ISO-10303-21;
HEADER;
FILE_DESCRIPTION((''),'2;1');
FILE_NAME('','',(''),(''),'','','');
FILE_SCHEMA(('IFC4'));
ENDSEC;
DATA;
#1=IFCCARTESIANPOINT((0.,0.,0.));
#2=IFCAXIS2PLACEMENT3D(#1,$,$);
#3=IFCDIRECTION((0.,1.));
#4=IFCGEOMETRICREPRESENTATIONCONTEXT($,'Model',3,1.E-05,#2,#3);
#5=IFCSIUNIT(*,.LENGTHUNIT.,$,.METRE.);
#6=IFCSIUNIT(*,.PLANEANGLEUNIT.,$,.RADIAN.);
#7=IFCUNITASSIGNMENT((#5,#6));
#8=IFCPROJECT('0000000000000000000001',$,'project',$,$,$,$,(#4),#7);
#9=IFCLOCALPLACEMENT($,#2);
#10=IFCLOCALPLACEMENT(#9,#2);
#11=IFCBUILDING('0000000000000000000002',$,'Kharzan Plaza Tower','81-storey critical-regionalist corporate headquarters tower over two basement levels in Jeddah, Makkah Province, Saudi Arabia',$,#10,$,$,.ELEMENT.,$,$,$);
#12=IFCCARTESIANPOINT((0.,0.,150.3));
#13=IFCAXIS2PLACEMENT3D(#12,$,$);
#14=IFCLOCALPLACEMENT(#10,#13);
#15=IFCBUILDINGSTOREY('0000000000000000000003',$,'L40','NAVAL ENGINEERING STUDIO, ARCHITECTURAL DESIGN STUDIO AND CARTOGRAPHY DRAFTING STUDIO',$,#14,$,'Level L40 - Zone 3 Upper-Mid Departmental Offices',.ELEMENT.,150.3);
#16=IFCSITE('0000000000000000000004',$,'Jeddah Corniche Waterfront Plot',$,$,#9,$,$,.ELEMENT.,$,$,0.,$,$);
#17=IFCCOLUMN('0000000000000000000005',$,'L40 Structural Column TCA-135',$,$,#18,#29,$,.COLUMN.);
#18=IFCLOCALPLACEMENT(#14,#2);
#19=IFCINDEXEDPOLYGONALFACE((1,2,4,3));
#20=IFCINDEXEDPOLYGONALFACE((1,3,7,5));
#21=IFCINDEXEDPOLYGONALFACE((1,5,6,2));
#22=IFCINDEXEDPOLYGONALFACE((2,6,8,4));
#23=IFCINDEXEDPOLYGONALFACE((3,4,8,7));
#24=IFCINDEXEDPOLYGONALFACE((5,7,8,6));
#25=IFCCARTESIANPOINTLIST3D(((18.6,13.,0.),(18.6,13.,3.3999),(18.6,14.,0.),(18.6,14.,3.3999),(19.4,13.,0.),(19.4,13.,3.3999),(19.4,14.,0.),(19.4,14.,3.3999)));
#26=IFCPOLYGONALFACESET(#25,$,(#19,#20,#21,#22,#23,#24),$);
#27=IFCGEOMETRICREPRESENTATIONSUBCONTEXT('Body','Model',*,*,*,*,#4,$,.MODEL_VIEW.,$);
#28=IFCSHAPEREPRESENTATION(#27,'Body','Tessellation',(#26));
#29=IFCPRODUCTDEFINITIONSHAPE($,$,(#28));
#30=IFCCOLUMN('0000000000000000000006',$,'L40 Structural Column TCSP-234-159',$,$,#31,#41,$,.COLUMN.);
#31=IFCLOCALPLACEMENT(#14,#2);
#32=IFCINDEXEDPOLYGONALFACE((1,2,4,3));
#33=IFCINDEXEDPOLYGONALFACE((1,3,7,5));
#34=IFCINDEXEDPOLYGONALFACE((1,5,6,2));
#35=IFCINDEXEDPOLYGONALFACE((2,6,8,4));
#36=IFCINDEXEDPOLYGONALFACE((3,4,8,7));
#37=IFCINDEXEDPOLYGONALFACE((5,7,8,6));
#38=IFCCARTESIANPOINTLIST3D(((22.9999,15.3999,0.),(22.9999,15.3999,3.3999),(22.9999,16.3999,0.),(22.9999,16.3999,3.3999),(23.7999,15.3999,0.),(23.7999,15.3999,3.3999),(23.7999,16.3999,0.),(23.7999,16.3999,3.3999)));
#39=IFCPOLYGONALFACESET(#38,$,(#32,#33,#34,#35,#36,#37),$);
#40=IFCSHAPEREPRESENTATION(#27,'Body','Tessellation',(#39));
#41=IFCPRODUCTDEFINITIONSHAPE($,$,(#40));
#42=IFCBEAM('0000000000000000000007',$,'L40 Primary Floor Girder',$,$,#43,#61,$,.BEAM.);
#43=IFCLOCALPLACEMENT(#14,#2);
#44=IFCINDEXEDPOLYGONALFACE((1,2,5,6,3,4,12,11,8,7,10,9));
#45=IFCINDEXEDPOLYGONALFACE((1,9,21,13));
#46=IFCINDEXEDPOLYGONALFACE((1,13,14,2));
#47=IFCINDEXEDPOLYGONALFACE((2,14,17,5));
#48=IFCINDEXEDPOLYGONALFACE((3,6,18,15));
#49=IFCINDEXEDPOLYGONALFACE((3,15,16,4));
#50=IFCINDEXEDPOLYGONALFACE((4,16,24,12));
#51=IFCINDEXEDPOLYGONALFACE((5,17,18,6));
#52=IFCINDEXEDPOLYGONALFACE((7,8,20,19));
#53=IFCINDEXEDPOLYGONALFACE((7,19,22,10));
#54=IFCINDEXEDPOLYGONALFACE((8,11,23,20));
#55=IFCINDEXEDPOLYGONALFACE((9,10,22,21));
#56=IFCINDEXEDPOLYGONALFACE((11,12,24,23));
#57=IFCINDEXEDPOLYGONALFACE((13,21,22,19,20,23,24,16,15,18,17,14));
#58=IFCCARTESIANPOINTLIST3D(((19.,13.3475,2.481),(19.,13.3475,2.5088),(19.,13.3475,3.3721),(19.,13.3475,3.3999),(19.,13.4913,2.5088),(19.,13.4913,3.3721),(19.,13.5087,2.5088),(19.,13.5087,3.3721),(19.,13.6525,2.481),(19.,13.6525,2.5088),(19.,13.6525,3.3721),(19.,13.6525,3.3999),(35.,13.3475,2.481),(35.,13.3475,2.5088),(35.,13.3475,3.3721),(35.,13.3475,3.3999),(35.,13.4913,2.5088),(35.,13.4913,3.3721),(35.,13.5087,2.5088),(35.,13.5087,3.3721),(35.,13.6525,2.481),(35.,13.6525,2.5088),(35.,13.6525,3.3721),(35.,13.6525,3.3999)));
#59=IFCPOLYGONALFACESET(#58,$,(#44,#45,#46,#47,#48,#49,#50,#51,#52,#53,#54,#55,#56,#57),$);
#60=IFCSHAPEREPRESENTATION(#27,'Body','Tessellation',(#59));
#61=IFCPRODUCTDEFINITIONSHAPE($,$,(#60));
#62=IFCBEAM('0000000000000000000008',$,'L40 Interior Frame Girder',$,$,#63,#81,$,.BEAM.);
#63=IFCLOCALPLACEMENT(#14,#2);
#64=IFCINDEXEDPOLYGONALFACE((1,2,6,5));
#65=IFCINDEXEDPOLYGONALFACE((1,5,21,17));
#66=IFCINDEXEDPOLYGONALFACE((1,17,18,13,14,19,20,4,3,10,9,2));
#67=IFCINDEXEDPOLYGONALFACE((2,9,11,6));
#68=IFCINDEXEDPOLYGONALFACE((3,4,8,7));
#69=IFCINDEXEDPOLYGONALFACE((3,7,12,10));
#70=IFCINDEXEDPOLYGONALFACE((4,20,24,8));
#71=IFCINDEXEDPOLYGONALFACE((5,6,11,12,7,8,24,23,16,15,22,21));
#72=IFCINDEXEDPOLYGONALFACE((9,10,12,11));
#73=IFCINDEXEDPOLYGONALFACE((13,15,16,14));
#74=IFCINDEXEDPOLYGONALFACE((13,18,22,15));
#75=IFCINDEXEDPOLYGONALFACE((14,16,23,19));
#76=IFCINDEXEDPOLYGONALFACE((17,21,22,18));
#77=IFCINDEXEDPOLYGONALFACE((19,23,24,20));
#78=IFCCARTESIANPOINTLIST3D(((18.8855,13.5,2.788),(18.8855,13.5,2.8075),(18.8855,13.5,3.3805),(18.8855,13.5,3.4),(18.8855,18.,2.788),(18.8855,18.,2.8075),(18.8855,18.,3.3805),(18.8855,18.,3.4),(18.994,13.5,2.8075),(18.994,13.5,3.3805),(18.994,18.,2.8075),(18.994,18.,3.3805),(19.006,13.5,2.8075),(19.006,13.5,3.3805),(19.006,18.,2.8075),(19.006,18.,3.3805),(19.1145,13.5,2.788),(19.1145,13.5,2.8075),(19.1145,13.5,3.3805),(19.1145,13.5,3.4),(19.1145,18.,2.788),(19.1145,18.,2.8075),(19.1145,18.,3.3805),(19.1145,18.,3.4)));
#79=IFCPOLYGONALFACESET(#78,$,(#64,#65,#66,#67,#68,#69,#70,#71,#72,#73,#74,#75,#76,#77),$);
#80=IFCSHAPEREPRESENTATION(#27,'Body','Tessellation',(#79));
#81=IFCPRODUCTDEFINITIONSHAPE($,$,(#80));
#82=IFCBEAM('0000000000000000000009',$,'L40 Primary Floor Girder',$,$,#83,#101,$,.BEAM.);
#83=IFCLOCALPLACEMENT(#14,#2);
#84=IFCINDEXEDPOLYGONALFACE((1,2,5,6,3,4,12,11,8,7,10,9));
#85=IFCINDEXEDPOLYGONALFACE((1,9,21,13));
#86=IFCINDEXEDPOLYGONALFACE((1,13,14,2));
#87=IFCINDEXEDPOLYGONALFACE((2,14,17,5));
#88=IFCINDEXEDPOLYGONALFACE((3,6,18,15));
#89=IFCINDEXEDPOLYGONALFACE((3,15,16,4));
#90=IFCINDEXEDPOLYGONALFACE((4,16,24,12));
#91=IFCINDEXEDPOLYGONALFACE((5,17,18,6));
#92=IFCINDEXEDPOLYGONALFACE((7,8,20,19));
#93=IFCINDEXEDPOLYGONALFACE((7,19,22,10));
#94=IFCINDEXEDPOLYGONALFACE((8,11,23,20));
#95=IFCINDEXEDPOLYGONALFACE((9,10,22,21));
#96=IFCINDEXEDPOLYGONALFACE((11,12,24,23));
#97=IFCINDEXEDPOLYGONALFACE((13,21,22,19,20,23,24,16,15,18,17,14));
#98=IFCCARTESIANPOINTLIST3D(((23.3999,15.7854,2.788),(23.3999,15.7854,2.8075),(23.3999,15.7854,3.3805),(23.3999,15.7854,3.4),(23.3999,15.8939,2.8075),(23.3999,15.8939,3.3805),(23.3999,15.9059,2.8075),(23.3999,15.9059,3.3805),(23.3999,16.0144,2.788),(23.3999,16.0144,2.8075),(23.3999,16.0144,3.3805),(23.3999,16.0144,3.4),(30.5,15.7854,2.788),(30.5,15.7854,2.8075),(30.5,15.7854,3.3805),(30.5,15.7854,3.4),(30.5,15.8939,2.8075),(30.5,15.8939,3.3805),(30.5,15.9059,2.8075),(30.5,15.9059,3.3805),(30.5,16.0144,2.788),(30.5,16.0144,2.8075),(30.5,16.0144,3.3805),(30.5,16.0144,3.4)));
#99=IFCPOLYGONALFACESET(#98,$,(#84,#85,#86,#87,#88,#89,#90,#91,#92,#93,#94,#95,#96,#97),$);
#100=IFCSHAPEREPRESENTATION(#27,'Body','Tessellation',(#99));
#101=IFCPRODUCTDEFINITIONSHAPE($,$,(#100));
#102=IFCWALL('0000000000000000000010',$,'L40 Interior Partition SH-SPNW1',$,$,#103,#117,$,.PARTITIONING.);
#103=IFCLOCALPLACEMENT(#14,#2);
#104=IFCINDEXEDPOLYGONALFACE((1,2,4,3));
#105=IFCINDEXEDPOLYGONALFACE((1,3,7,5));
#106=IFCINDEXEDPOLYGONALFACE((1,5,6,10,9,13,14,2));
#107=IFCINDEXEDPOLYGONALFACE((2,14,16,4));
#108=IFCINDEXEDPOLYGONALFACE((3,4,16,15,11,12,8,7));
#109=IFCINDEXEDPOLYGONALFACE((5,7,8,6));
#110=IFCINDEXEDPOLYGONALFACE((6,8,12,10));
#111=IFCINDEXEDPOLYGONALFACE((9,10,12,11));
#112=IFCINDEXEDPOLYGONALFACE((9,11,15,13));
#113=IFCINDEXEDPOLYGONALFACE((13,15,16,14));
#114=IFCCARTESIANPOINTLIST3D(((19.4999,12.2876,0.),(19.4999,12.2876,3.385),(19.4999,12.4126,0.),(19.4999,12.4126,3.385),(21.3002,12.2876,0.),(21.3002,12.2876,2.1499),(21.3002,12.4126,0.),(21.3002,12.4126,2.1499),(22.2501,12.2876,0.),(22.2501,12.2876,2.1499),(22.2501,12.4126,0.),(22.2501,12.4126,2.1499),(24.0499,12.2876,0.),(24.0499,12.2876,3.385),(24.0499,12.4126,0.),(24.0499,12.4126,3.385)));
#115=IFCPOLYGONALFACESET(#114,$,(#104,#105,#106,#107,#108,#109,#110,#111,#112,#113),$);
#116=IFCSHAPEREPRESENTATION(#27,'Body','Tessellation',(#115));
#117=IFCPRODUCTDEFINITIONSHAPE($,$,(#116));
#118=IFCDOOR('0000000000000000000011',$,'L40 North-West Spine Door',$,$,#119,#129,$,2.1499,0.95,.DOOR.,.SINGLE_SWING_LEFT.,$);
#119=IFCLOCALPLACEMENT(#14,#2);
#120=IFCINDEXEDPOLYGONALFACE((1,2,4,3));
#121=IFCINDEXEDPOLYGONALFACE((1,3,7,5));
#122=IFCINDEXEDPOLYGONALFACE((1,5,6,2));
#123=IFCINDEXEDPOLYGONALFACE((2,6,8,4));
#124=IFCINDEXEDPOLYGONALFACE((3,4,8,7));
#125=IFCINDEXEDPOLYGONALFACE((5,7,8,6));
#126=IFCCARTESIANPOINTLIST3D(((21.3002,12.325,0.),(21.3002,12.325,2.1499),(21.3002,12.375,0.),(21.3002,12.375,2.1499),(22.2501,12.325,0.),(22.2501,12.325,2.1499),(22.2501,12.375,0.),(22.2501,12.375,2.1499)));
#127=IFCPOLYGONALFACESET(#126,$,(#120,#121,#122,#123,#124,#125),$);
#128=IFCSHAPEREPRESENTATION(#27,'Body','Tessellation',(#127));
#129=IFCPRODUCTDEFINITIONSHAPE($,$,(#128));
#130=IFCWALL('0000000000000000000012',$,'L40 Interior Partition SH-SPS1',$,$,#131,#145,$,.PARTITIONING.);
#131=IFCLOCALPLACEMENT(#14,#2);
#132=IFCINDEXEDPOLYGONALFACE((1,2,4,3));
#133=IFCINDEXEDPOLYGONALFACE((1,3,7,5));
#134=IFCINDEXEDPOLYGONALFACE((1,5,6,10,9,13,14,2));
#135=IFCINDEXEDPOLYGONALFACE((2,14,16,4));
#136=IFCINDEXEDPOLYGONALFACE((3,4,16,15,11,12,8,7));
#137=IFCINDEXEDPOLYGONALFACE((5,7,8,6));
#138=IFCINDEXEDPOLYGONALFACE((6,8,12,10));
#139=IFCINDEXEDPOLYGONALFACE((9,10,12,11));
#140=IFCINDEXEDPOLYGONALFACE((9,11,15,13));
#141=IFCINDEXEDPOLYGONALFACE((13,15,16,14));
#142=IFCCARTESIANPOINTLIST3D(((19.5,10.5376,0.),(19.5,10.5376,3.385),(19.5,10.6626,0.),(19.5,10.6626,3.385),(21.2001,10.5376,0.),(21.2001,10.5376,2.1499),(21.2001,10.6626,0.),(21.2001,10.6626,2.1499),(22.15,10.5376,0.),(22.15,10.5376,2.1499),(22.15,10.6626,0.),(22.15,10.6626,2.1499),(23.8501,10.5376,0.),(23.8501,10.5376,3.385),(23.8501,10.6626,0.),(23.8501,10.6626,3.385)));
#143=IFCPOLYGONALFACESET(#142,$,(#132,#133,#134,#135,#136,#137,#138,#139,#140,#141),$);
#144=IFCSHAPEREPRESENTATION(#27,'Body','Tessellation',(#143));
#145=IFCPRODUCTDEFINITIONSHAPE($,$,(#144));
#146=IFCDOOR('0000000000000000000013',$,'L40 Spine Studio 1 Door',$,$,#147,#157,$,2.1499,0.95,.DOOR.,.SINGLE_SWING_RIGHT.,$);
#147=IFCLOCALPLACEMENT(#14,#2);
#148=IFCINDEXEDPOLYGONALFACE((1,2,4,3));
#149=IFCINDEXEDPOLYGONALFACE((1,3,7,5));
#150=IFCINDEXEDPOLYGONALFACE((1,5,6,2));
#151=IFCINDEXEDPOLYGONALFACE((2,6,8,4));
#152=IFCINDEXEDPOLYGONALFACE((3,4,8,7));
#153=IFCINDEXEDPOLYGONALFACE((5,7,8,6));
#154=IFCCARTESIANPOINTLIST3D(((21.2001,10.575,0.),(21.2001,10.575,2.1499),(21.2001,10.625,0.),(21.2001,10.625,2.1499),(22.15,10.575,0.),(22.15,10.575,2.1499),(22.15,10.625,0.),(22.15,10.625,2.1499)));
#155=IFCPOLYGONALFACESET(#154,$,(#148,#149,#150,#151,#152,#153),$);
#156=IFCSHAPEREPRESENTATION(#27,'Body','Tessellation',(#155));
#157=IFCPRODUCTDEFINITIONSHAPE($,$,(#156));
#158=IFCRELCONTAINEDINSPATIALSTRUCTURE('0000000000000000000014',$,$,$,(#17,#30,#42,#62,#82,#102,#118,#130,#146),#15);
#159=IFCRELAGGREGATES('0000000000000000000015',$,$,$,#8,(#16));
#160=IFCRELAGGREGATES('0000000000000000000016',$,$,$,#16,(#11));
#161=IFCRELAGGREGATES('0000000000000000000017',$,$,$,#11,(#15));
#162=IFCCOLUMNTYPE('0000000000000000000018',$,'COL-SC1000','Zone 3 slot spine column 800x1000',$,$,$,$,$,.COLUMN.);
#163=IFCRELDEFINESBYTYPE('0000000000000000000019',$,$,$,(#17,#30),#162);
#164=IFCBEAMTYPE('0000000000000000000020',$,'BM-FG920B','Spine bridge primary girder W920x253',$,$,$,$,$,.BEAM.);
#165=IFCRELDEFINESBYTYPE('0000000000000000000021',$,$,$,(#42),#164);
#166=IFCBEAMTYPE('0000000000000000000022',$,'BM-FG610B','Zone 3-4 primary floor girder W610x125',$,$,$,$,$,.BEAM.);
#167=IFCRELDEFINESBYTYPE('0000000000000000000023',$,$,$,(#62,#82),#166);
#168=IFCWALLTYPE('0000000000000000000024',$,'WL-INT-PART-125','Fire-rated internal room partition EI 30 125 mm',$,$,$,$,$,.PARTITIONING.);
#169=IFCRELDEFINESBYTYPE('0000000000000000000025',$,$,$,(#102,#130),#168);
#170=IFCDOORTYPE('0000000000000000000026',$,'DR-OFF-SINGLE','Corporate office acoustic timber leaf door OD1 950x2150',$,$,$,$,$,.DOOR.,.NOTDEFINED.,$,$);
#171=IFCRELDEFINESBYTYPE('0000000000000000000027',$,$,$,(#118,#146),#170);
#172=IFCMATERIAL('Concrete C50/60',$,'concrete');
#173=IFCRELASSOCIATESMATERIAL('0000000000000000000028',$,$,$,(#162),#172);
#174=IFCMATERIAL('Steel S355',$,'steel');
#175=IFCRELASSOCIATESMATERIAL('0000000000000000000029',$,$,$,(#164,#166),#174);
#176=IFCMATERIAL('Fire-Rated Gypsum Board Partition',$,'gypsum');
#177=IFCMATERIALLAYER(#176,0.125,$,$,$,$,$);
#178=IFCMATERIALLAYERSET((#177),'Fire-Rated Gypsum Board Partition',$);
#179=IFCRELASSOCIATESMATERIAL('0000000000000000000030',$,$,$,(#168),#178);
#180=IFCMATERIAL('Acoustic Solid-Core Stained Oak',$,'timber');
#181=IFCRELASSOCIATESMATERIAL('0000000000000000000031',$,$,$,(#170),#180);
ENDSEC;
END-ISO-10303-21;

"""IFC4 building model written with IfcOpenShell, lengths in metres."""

from ifc_helpers import new_model, si_unit, direction, frame, frame_2d, origin, origin_2d, place, context, subcontext, project, spatial, rectangle, i_section, extrude, source, transform, mapped, material, layer, layer_set, material_profile, profile_set, type_object, element, fill, save


model = new_model("IFC4")

# Units and contexts
model_context = context("Model", 3, precision=1e-05, world=origin(), true_north=direction((0.0, 1.0)))
body_context = subcontext(model_context, "Body", "Model", "MODEL_VIEW")
ifc_project = project(units=[si_unit("LENGTHUNIT", "METRE"), si_unit("PLANEANGLEUNIT", "RADIAN")], contexts=[model_context])

# Site, building, storey
site_placement = place(None, origin())
site = spatial("IfcSite", under=ifc_project, at=site_placement, Name="Jeddah Corniche Waterfront Plot", CompositionType="ELEMENT", RefElevation=0.0)
building_placement = place(site_placement, origin())
building = spatial("IfcBuilding", under=site, at=building_placement, Name="Kharzan Plaza Tower", Description="81-storey critical-regionalist corporate headquarters tower over two basement levels in Jeddah, Makkah Province, Saudi Arabia", CompositionType="ELEMENT")
storey_placement = place(building_placement, frame((0.0, 0.0, 150.3)))
storey = spatial("IfcBuildingStorey", under=building, at=storey_placement, Name="L40", Description="NAVAL ENGINEERING STUDIO, ARCHITECTURAL DESIGN STUDIO AND CARTOGRAPHY DRAFTING STUDIO", LongName="Level L40 - Zone 3 Upper-Mid Departmental Offices", CompositionType="ELEMENT", Elevation=150.3)

# Columns
ifc_material_1 = material(Name="Concrete C50/60", Category="concrete")
ifc_material_profile_1 = material_profile(ifc_material_1, rectangle(XDim=0.8, YDim=1.0, at=origin_2d()), Name="RC-SC1000x800")
ifc_profile_set_1 = profile_set([ifc_material_profile_1], Name="Concrete C50/60")
column_type = type_object("IfcColumnType", Name="COL-SC1000", Description="Zone 3 slot spine column 800x1000", PredefinedType="COLUMN", material=ifc_profile_set_1)
shared_shape_1 = source(origin(), body_context, "Body", "SweptSolid", [
    extrude(rectangle(XDim=0.8, YDim=1.0, at=origin_2d()), origin(), (0.0, 0.0, 1.0), 3.3999),
])
for number, where, z_axis, x_axis, name in (
    (1, (19.0, 13.5, 0.0), (0.0, 0.0, 1.0), (1.0, 0.0, 0.0), "L40 Structural Column TCA-135"),
    (2, (23.3999, 15.8999, 0.0), (0.0, 0.0, 1.0), (1.0, 0.0, 0.0), "L40 Structural Column TCSP-234-159"),
):
    element("IfcColumn", number, at=place(storey_placement, frame(where, z_axis=z_axis, x_axis=x_axis)), inside=storey, type_object=column_type, Name=name, PredefinedType="COLUMN", context=body_context, shape_type="MappedRepresentation", body=[
        mapped(shared_shape_1, transform((0.0, 0.0, 0.0), x_axis=(1.0, 0.0, 0.0), y_axis=(0.0, 1.0, 0.0), z_axis=(0.0, 0.0, 1.0))),
    ])

# Beams
ifc_material_2 = material(Name="Steel S355", Category="steel")
ifc_material_profile_2 = material_profile(ifc_material_2, i_section(OverallWidth=0.3049, OverallDepth=0.9189, WebThickness=0.0173, FlangeThickness=0.0278, at=origin_2d()), Name="W920x253")
ifc_profile_set_2 = profile_set([ifc_material_profile_2], Name="Steel S355")
beam_type_1 = type_object("IfcBeamType", Name="BM-FG920B", Description="Spine bridge primary girder W920x253", PredefinedType="BEAM", material=ifc_profile_set_2)
shared_shape_2 = source(origin(), body_context, "Body", "SweptSolid", [
    extrude(i_section(OverallWidth=0.3049, OverallDepth=0.9189, WebThickness=0.0173, FlangeThickness=0.0278, at=origin_2d()), origin(), (0.0, 0.0, 1.0), 16.0),
])
beam_1_placement = place(storey_placement, frame((19.0, 13.5, 2.9404), z_axis=(1.0, 0.0, 0.0), x_axis=(0.0, 1.0, 0.0)))
element("IfcBeam", 3, at=beam_1_placement, inside=storey, type_object=beam_type_1, Name="L40 Primary Floor Girder", PredefinedType="BEAM", context=body_context, shape_type="MappedRepresentation", body=[
    mapped(shared_shape_2, transform((0.0, 0.0, 0.0), x_axis=(1.0, 0.0, 0.0), y_axis=(0.0, 1.0, 0.0), z_axis=(0.0, 0.0, 1.0))),
])
ifc_material_profile_3 = material_profile(ifc_material_2, i_section(OverallWidth=0.229, OverallDepth=0.6121, WebThickness=0.012, FlangeThickness=0.0195, at=origin_2d()), Name="W610x125")
ifc_profile_set_3 = profile_set([ifc_material_profile_3], Name="Steel S355")
beam_type_2 = type_object("IfcBeamType", Name="BM-FG610B", Description="Zone 3-4 primary floor girder W610x125", PredefinedType="BEAM", material=ifc_profile_set_3)
shared_shape_3 = source(origin(), body_context, "Body", "SweptSolid", [
    extrude(i_section(OverallWidth=0.229, OverallDepth=0.6121, WebThickness=0.012, FlangeThickness=0.0195, at=origin_2d()), origin(), (0.0, 0.0, 1.0), 4.5),
])
beam_2_placement = place(storey_placement, frame((19.0, 13.5, 3.094), z_axis=(0.0, 1.0, 0.0), x_axis=(-1.0, 0.0, 0.0)))
element("IfcBeam", 4, at=beam_2_placement, inside=storey, type_object=beam_type_2, Name="L40 Interior Frame Girder", PredefinedType="BEAM", context=body_context, shape_type="MappedRepresentation", body=[
    mapped(shared_shape_3, transform((0.0, 0.0, 0.0), x_axis=(1.0, 0.0, 0.0), y_axis=(0.0, 1.0, 0.0), z_axis=(0.0, 0.0, 1.0))),
])
shared_shape_4 = source(origin(), body_context, "Body", "SweptSolid", [
    extrude(i_section(OverallWidth=0.229, OverallDepth=0.6121, WebThickness=0.012, FlangeThickness=0.0195, at=origin_2d()), origin(), (0.0, 0.0, 1.0), 7.1001),
])
beam_3_placement = place(storey_placement, frame((23.3999, 15.8999, 3.094), z_axis=(1.0, 0.0, 0.0), x_axis=(0.0, 1.0, 0.0)))
element("IfcBeam", 5, at=beam_3_placement, inside=storey, type_object=beam_type_2, Name="L40 Primary Floor Girder", PredefinedType="BEAM", context=body_context, shape_type="MappedRepresentation", body=[
    mapped(shared_shape_4, transform((0.0, 0.0, 0.0), x_axis=(1.0, 0.0, 0.0), y_axis=(0.0, 1.0, 0.0), z_axis=(0.0, 0.0, 1.0))),
])

# Walls, openings, doors
ifc_material_3 = material(Name="Fire-Rated Gypsum Board Partition", Category="gypsum")
ifc_layer_1 = layer(ifc_material_3, 0.125)
ifc_layer_set_1 = layer_set([ifc_layer_1], Name="Fire-Rated Gypsum Board Partition")
wall_type_1 = type_object("IfcWallType", Name="WL-INT-PART-125", Description="Fire-rated internal room partition EI 30 125 mm", PredefinedType="PARTITIONING", material=ifc_layer_set_1)
wall_1_placement = place(storey_placement, frame((19.5, 12.3501, 0.0), z_axis=(0.0, 0.0, 1.0), x_axis=(1.0, 0.0, 0.0)))
wall_1 = element("IfcWall", 6, at=wall_1_placement, inside=storey, type_object=wall_type_1, Name="L40 Interior Partition SH-SPNW1", PredefinedType="PARTITIONING", context=body_context, shape_type="SweptSolid", body=[
    extrude(rectangle(XDim=4.55, YDim=0.125, at=frame_2d((2.2749, 0.0))), origin(), (0.0, 0.0, 1.0), 3.385),
])
opening_1_placement = place(wall_1_placement, frame((1.8, 0.0, 0.0)))
opening_1 = element("IfcOpeningElement", 7, at=opening_1_placement, cuts=wall_1, PredefinedType="OPENING", context=body_context, shape_type="SweptSolid", body=[
    extrude(rectangle(XDim=0.95, YDim=2.1499, at=frame_2d((0.4751, 1.075))), frame((0.0, 0.0725, 0.0), z_axis=(0.0, -1.0, 0.0), x_axis=(1.0, 0.0, 0.0)), (0.0, 0.0, 1.0), 0.145),
])
ifc_material_4 = material(Name="Acoustic Solid-Core Stained Oak", Category="timber")
door_type_1 = type_object("IfcDoorType", Name="DR-OFF-SINGLE", Description="Corporate office acoustic timber leaf door OD1 950x2150", OperationType="NOTDEFINED", PredefinedType="DOOR", material=ifc_material_4)
shared_shape_5 = source(origin(), body_context, "Body", "SweptSolid", [
    extrude(rectangle(XDim=0.95, YDim=2.1499, at=frame_2d((0.4751, 1.075))), frame((0.0, 0.0249, 0.0), z_axis=(0.0, -1.0, 0.0), x_axis=(1.0, 0.0, 0.0)), (0.0, 0.0, 1.0), 0.05),
])
door_1_placement = place(opening_1_placement, origin())
door_1 = element("IfcDoor", 8, at=door_1_placement, inside=storey, type_object=door_type_1, Name="L40 North-West Spine Door", OperationType="SINGLE_SWING_LEFT", OverallHeight=2.1499, OverallWidth=0.95, PredefinedType="DOOR", context=body_context, shape_type="MappedRepresentation", body=[
    mapped(shared_shape_5, transform((0.0, 0.0, 0.0), x_axis=(1.0, 0.0, 0.0), y_axis=(0.0, 1.0, 0.0), z_axis=(0.0, 0.0, 1.0))),
])
fill(opening_1, door_1)
wall_2_placement = place(storey_placement, frame((19.5, 10.6001, 0.0), z_axis=(0.0, 0.0, 1.0), x_axis=(1.0, 0.0, 0.0)))
wall_2 = element("IfcWall", 9, at=wall_2_placement, inside=storey, type_object=wall_type_1, Name="L40 Interior Partition SH-SPS1", PredefinedType="PARTITIONING", context=body_context, shape_type="SweptSolid", body=[
    extrude(rectangle(XDim=4.3501, YDim=0.125, at=frame_2d((2.175, 0.0))), origin(), (0.0, 0.0, 1.0), 3.385),
])
opening_2_placement = place(wall_2_placement, frame((1.7, 0.0, 0.0)))
opening_2 = element("IfcOpeningElement", 10, at=opening_2_placement, cuts=wall_2, PredefinedType="OPENING", context=body_context, shape_type="SweptSolid", body=[
    extrude(rectangle(XDim=0.95, YDim=2.1499, at=frame_2d((0.4751, 1.075))), frame((0.0, 0.0725, 0.0), z_axis=(0.0, -1.0, 0.0), x_axis=(1.0, 0.0, 0.0)), (0.0, 0.0, 1.0), 0.145),
])
door_2_placement = place(opening_2_placement, origin())
door_2 = element("IfcDoor", 11, at=door_2_placement, inside=storey, type_object=door_type_1, Name="L40 Spine Studio 1 Door", OperationType="SINGLE_SWING_RIGHT", OverallHeight=2.1499, OverallWidth=0.95, PredefinedType="DOOR", context=body_context, shape_type="MappedRepresentation", body=[
    mapped(shared_shape_5, transform((0.0, 0.0, 0.0), x_axis=(1.0, 0.0, 0.0), y_axis=(0.0, 1.0, 0.0), z_axis=(0.0, 0.0, 1.0))),
])
fill(opening_2, door_2)

save(model, "model.ifc")
